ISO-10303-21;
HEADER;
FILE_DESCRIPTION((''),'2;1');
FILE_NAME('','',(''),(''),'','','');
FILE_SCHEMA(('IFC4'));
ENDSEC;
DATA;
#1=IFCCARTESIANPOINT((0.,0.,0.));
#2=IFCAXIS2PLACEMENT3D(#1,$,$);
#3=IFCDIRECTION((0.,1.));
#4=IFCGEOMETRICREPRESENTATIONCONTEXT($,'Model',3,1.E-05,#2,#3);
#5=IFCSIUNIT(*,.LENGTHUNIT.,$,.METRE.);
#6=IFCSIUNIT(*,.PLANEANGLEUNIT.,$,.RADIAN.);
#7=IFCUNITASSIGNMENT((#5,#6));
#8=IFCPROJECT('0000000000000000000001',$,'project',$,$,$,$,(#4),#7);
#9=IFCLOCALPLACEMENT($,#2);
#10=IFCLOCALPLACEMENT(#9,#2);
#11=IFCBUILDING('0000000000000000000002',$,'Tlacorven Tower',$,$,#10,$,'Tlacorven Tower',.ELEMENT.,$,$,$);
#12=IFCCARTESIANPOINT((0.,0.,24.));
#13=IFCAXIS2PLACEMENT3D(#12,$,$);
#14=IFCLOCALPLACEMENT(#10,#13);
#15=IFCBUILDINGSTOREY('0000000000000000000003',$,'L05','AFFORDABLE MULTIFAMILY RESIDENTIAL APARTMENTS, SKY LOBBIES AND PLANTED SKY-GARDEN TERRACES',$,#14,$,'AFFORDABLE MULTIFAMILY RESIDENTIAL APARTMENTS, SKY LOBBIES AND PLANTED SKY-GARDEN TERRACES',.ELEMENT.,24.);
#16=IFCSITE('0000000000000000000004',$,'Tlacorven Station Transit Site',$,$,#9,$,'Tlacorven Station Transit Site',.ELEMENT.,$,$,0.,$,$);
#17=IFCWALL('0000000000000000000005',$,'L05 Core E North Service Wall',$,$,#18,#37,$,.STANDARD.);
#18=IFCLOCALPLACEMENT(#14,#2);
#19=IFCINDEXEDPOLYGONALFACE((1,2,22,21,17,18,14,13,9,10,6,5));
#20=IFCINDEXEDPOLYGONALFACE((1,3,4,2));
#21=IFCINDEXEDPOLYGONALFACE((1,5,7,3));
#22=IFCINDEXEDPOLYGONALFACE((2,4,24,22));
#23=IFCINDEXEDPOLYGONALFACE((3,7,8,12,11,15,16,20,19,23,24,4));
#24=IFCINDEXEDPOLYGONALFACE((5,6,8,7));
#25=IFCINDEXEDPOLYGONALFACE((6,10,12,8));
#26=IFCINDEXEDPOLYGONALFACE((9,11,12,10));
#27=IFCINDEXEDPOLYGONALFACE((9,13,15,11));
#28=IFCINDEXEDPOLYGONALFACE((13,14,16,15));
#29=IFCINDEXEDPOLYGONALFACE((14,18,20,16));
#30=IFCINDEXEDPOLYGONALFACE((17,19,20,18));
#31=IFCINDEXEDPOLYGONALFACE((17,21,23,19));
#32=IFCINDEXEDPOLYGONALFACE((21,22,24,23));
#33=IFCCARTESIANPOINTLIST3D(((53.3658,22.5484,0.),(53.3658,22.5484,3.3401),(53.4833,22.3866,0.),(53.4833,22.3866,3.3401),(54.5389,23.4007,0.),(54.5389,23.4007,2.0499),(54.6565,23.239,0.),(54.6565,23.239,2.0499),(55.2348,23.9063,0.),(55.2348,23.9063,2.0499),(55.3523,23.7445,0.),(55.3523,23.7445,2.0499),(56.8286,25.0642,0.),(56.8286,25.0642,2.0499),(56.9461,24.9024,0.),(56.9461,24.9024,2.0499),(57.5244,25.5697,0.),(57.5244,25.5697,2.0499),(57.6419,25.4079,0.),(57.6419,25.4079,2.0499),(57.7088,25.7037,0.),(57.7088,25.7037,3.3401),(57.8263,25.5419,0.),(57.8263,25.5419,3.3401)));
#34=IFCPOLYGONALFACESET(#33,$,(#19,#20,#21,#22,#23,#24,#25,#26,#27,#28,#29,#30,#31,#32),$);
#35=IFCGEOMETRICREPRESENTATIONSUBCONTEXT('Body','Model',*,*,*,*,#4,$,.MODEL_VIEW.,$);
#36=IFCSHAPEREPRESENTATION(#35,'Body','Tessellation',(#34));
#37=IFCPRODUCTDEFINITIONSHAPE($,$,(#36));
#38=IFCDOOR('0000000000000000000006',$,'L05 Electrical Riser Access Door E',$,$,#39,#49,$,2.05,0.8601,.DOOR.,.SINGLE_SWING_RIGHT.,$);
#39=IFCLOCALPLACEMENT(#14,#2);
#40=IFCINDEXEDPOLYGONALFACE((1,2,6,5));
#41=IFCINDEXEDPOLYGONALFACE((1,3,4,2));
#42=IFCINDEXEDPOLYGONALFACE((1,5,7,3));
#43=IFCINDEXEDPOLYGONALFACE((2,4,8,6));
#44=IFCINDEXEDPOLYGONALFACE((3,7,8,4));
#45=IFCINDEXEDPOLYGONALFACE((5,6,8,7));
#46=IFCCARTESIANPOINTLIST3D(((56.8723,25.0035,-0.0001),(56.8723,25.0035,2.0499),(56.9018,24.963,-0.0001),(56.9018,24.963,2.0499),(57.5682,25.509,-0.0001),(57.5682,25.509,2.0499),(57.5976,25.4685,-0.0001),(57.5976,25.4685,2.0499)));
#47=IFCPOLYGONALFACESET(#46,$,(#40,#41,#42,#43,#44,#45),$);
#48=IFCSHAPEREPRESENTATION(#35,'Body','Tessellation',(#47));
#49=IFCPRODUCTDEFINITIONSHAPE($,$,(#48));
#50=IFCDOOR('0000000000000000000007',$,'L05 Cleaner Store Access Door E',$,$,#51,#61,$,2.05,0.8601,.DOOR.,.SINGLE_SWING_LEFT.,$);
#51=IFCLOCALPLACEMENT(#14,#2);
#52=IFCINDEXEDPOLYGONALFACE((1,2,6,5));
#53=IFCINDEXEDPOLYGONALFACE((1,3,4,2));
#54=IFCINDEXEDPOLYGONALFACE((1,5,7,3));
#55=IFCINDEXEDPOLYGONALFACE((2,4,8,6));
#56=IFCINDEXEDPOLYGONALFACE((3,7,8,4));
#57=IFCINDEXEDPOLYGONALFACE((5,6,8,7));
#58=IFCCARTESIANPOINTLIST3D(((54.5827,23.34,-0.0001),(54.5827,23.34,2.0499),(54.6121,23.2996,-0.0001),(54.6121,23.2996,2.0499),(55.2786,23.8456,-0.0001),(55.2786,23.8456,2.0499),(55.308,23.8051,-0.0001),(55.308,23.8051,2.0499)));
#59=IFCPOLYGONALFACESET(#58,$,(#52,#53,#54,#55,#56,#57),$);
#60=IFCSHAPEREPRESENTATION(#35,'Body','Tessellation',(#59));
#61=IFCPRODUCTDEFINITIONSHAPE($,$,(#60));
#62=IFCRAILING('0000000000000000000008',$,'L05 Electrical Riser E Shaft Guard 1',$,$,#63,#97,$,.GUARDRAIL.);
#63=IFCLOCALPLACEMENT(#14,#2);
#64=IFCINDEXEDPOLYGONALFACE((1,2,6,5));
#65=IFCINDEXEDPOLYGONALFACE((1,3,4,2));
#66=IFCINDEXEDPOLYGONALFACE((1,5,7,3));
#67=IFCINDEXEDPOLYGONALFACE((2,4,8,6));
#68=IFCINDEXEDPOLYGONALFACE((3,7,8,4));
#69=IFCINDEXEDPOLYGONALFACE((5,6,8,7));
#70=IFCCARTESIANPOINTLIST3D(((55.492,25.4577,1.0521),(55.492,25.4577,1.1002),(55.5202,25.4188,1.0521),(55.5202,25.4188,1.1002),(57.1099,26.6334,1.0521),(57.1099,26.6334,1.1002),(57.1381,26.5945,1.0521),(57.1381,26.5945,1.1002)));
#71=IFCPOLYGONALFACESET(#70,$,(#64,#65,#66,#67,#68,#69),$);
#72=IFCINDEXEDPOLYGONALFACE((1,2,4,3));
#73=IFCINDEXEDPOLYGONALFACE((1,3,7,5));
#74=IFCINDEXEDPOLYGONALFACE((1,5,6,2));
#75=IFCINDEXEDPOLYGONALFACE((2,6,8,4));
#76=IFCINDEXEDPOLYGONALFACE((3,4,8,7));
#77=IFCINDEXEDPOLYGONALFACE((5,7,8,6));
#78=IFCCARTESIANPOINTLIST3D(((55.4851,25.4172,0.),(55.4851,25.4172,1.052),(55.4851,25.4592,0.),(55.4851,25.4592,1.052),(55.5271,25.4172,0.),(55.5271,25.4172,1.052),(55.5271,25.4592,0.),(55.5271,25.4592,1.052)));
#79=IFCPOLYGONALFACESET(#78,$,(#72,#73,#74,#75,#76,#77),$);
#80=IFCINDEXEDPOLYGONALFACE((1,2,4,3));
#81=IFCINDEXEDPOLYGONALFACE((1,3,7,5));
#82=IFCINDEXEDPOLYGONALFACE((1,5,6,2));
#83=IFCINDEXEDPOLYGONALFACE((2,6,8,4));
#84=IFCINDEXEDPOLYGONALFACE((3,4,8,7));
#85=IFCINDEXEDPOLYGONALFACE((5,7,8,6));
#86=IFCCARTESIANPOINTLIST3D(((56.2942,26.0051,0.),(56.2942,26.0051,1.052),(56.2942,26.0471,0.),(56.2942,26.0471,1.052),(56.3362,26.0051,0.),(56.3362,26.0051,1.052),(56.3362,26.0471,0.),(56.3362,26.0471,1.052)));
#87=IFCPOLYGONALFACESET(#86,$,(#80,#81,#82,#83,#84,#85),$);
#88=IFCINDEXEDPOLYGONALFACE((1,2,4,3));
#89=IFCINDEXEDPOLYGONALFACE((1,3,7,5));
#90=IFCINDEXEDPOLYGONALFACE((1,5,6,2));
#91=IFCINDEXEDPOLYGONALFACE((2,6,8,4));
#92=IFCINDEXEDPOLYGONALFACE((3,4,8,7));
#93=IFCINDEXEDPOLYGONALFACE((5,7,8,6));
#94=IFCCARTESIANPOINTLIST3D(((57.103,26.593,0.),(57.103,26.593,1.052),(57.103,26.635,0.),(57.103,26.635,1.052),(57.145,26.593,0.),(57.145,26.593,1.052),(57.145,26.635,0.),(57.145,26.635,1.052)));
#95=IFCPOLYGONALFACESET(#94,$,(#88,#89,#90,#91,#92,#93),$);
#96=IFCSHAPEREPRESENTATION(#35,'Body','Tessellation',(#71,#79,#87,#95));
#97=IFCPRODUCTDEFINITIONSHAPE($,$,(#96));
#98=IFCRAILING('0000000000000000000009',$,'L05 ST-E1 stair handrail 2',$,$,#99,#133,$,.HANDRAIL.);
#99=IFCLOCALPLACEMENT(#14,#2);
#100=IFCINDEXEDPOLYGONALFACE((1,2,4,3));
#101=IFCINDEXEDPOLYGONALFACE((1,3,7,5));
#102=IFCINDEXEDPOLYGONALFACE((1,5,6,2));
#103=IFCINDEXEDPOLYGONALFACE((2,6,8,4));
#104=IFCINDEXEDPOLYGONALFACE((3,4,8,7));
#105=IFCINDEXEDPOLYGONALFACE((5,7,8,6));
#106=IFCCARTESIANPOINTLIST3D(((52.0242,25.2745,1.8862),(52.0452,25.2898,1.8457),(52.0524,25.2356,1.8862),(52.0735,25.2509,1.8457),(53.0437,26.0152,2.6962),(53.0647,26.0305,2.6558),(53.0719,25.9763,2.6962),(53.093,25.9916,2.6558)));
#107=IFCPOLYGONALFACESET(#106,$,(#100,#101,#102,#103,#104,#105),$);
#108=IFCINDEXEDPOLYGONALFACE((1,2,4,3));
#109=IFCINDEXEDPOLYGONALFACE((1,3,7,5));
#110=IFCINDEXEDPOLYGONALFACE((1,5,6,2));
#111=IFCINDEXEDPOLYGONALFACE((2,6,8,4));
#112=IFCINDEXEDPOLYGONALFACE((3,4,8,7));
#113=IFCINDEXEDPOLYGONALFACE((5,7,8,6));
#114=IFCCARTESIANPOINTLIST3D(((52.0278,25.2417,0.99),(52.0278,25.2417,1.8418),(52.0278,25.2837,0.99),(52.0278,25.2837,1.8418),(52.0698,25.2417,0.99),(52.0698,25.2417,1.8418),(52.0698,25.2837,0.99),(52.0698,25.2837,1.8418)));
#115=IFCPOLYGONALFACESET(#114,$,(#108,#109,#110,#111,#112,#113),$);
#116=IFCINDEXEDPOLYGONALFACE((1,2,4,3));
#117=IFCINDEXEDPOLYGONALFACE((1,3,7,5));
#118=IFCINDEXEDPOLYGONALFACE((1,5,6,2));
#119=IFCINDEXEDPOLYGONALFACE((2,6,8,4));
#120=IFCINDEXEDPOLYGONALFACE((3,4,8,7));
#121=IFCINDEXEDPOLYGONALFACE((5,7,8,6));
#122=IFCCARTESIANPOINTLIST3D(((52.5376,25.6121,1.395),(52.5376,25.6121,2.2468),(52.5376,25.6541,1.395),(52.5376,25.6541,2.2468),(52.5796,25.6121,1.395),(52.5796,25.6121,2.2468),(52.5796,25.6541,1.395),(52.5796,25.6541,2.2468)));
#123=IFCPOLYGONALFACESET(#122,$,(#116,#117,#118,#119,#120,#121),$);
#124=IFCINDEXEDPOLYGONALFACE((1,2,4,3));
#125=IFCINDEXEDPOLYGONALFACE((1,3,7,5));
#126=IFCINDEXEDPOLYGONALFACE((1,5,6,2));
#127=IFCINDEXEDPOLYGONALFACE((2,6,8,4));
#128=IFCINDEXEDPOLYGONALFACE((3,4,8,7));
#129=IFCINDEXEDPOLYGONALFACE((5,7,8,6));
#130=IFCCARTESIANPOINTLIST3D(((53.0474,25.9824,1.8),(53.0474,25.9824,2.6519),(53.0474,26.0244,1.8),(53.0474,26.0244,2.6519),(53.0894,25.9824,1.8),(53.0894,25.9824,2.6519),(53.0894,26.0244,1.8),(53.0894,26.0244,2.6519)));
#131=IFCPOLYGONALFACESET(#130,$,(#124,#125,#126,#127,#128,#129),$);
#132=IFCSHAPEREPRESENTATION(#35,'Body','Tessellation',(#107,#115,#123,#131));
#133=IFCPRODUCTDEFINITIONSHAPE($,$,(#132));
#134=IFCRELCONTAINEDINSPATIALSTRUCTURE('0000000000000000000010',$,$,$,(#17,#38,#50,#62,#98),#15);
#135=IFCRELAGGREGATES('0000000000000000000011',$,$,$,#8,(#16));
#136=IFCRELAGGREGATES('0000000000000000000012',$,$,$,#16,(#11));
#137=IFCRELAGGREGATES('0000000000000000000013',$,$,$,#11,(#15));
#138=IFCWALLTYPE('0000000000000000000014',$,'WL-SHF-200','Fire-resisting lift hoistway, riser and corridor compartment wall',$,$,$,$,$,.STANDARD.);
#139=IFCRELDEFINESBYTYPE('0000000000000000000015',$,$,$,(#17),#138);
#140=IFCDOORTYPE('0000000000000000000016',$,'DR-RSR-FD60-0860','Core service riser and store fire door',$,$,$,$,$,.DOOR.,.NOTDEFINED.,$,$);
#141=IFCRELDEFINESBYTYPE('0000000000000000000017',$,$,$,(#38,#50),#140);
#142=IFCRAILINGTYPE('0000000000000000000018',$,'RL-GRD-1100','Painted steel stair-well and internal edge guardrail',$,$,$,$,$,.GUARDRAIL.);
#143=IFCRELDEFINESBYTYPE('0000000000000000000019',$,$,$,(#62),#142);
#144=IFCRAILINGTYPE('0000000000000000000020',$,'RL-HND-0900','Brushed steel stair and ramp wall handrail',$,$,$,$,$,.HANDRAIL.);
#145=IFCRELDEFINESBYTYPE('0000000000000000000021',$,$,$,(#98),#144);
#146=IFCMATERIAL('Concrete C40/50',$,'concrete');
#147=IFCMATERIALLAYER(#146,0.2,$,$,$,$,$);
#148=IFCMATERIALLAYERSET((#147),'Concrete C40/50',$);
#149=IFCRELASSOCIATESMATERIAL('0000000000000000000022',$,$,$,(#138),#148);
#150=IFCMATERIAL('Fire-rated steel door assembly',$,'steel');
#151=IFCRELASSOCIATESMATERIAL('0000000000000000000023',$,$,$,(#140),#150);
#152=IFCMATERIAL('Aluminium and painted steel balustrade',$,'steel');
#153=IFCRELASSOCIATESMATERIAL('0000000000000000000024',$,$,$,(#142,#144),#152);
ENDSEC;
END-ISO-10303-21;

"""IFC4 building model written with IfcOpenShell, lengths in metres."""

from ifc_helpers import new_model, si_unit, direction, frame, frame_2d, origin, origin_2d, place, context, subcontext, project, spatial, rectangle, extrude, source, transform, mapped, material, layer, layer_set, type_object, element, fill, save


model = new_model("IFC4")

# Units and contexts
model_context = context("Model", 3, precision=1e-05, world=origin(), true_north=direction((0.0, 1.0)))
body_context = subcontext(model_context, "Body", "Model", "MODEL_VIEW")
ifc_project = project(units=[si_unit("LENGTHUNIT", "METRE"), si_unit("PLANEANGLEUNIT", "RADIAN")], contexts=[model_context])

# Site, building, storey
site_placement = place(None, origin())
site = spatial("IfcSite", under=ifc_project, at=site_placement, Name="Tlacorven Station Transit Site", LongName="Tlacorven Station Transit Site", CompositionType="ELEMENT", RefElevation=0.0)
building_placement = place(site_placement, origin())
building = spatial("IfcBuilding", under=site, at=building_placement, Name="Tlacorven Tower", LongName="Tlacorven Tower", CompositionType="ELEMENT")
storey_placement = place(building_placement, frame((0.0, 0.0, 24.0)))
storey = spatial("IfcBuildingStorey", under=building, at=storey_placement, Name="L05", Description="AFFORDABLE MULTIFAMILY RESIDENTIAL APARTMENTS, SKY LOBBIES AND PLANTED SKY-GARDEN TERRACES", LongName="AFFORDABLE MULTIFAMILY RESIDENTIAL APARTMENTS, SKY LOBBIES AND PLANTED SKY-GARDEN TERRACES", CompositionType="ELEMENT", Elevation=24.0)

# Shared definitions
ifc_material_1 = material(Name="Fire-rated steel door assembly", Category="steel")
ifc_material_2 = material(Name="Concrete C40/50", Category="concrete")
ifc_layer_1 = layer(ifc_material_2, 0.2)
ifc_layer_set_1 = layer_set([ifc_layer_1], Name="Concrete C40/50")
wall_type_1 = type_object("IfcWallType", Name="WL-SHF-200", Description="Fire-resisting lift hoistway, riser and corridor compartment wall", PredefinedType="STANDARD", material=ifc_layer_set_1)
door_type_1 = type_object("IfcDoorType", Name="DR-RSR-FD60-0860", Description="Core service riser and store fire door", OperationType="NOTDEFINED", PredefinedType="DOOR", material=ifc_material_1)
shared_shape_1 = source(origin(), body_context, "Body", "SweptSolid", [
    extrude(rectangle(XDim=0.8601, YDim=2.05, at=frame_2d((0.4302, 1.0249))), frame((0.0, 0.0249, 0.0), z_axis=(0.0, -1.0, 0.0), x_axis=(1.0, 0.0, 0.0)), (0.0, 0.0, 1.0), 0.05),
])

# Wall, openings, doors
wall_1_placement = place(storey_placement, frame((53.4246, 22.4675, 0.0), z_axis=(0.0, 0.0, 1.0), x_axis=(0.809027, 0.587771, 0.0)))
wall_1 = element("IfcWall", 1, at=wall_1_placement, inside=storey, type_object=wall_type_1, Name="L05 Core E North Service Wall", PredefinedType="STANDARD", context=body_context, shape_type="SweptSolid", body=[
    extrude(rectangle(XDim=5.3682, YDim=0.2, at=frame_2d((2.6841, 0.0))), origin(), (0.0, 0.0, 1.0), 3.3401),
])
opening_1_placement = place(wall_1_placement, frame((4.28, 0.0, 0.0)))
opening_1 = element("IfcOpeningElement", 2, at=opening_1_placement, cuts=wall_1, PredefinedType="OPENING", context=body_context, shape_type="SweptSolid", body=[
    extrude(rectangle(XDim=0.8601, YDim=2.05, at=frame_2d((0.4302, 1.0249))), frame((0.0, 0.1099, 0.0), z_axis=(0.0, -1.0, 0.0), x_axis=(1.0, 0.0, 0.0)), (0.0, 0.0, 1.0), 0.22),
])
opening_2_placement = place(wall_1_placement, frame((1.45, 0.0, 0.0)))
opening_2 = element("IfcOpeningElement", 3, at=opening_2_placement, cuts=wall_1, PredefinedType="OPENING", context=body_context, shape_type="SweptSolid", body=[
    extrude(rectangle(XDim=0.8601, YDim=2.05, at=frame_2d((0.4302, 1.0249))), frame((0.0, 0.1099, 0.0), z_axis=(0.0, -1.0, 0.0), x_axis=(1.0, 0.0, 0.0)), (0.0, 0.0, 1.0), 0.22),
])
door_1_placement = place(opening_1_placement, frame((0.8601, 0.0, 0.0), z_axis=(0.0, 0.0, 1.0), x_axis=(-1.0, 0.0, 0.0)))
door_1 = element("IfcDoor", 4, at=door_1_placement, inside=storey, type_object=door_type_1, Name="L05 Electrical Riser Access Door E", OperationType="SINGLE_SWING_RIGHT", OverallHeight=2.05, OverallWidth=0.8601, PredefinedType="DOOR", context=body_context, shape_type="MappedRepresentation", body=[
    mapped(shared_shape_1, transform((0.0, 0.0, 0.0), scale=1.0)),
])
fill(opening_1, door_1)
door_2_placement = place(opening_2_placement, frame((0.8601, 0.0, 0.0), z_axis=(0.0, 0.0, 1.0), x_axis=(-1.0, 0.0, 0.0)))
door_2 = element("IfcDoor", 5, at=door_2_placement, inside=storey, type_object=door_type_1, Name="L05 Cleaner Store Access Door E", OperationType="SINGLE_SWING_LEFT", OverallHeight=2.05, OverallWidth=0.8601, PredefinedType="DOOR", context=body_context, shape_type="MappedRepresentation", body=[
    mapped(shared_shape_1, transform((0.0, 0.0, 0.0), scale=1.0)),
])
fill(opening_2, door_2)

# Railings
ifc_material_3 = material(Name="Aluminium and painted steel balustrade", Category="steel")
railing_type_1 = type_object("IfcRailingType", Name="RL-GRD-1100", Description="Painted steel stair-well and internal edge guardrail", PredefinedType="GUARDRAIL", material=ifc_material_3)
shared_shape_2 = source(origin(), body_context, "Body", "SweptSolid", [
    extrude(rectangle(XDim=0.0481, YDim=0.0481, at=origin_2d()), frame((0.0, 0.0, 1.0762), z_axis=(0.808947, 0.587881, 0.0), x_axis=(-0.587881, 0.808947, 0.0)), (0.0, 0.0, 1.0), 2.0),
    extrude(rectangle(XDim=0.042, YDim=0.042, at=origin_2d()), origin(), (0.0, 0.0, 1.0), 1.052),
    extrude(rectangle(XDim=0.042, YDim=0.042, at=origin_2d()), frame((0.8091, 0.5879, 0.0)), (0.0, 0.0, 1.0), 1.052),
    extrude(rectangle(XDim=0.042, YDim=0.042, at=origin_2d()), frame((1.6179, 1.1758, 0.0)), (0.0, 0.0, 1.0), 1.052),
])
railing_1_placement = place(storey_placement, frame((55.5061, 25.4382, 0.0)))
element("IfcRailing", 6, at=railing_1_placement, inside=storey, type_object=railing_type_1, Name="L05 Electrical Riser E Shaft Guard 1", PredefinedType="GUARDRAIL", context=body_context, shape_type="MappedRepresentation", body=[
    mapped(shared_shape_2, transform((0.0, 0.0, 0.0), scale=1.0)),
])
railing_type_2 = type_object("IfcRailingType", Name="RL-HND-0900", Description="Brushed steel stair and ramp wall handrail", PredefinedType="HANDRAIL", material=ifc_material_3)
shared_shape_3 = source(origin(), body_context, "Body", "SweptSolid", [
    extrude(rectangle(XDim=0.0481, YDim=0.0481, at=origin_2d()), frame((0.0, 0.0, 0.876), z_axis=(0.680549, 0.494441, 0.540723), x_axis=(-0.58778, 0.809021, 0.0)), (0.0, 0.0, 1.0), 1.498),
    extrude(rectangle(XDim=0.042, YDim=0.042, at=origin_2d()), origin(), (0.0, 0.0, 1.0), 0.8518),
    extrude(rectangle(XDim=0.042, YDim=0.042, at=origin_2d()), frame((0.5098, 0.3704, 0.405)), (0.0, 0.0, 1.0), 0.8518),
    extrude(rectangle(XDim=0.042, YDim=0.042, at=origin_2d()), frame((1.0195, 0.7407, 0.8101)), (0.0, 0.0, 1.0), 0.8518),
])
railing_2_placement = place(storey_placement, frame((52.0488, 25.2627, 0.99)))
element("IfcRailing", 7, at=railing_2_placement, inside=storey, type_object=railing_type_2, Name="L05 ST-E1 stair handrail 2", PredefinedType="HANDRAIL", context=body_context, shape_type="MappedRepresentation", body=[
    mapped(shared_shape_3, transform((0.0, 0.0, 0.0), scale=1.0)),
])

save(model, "model.ifc")
